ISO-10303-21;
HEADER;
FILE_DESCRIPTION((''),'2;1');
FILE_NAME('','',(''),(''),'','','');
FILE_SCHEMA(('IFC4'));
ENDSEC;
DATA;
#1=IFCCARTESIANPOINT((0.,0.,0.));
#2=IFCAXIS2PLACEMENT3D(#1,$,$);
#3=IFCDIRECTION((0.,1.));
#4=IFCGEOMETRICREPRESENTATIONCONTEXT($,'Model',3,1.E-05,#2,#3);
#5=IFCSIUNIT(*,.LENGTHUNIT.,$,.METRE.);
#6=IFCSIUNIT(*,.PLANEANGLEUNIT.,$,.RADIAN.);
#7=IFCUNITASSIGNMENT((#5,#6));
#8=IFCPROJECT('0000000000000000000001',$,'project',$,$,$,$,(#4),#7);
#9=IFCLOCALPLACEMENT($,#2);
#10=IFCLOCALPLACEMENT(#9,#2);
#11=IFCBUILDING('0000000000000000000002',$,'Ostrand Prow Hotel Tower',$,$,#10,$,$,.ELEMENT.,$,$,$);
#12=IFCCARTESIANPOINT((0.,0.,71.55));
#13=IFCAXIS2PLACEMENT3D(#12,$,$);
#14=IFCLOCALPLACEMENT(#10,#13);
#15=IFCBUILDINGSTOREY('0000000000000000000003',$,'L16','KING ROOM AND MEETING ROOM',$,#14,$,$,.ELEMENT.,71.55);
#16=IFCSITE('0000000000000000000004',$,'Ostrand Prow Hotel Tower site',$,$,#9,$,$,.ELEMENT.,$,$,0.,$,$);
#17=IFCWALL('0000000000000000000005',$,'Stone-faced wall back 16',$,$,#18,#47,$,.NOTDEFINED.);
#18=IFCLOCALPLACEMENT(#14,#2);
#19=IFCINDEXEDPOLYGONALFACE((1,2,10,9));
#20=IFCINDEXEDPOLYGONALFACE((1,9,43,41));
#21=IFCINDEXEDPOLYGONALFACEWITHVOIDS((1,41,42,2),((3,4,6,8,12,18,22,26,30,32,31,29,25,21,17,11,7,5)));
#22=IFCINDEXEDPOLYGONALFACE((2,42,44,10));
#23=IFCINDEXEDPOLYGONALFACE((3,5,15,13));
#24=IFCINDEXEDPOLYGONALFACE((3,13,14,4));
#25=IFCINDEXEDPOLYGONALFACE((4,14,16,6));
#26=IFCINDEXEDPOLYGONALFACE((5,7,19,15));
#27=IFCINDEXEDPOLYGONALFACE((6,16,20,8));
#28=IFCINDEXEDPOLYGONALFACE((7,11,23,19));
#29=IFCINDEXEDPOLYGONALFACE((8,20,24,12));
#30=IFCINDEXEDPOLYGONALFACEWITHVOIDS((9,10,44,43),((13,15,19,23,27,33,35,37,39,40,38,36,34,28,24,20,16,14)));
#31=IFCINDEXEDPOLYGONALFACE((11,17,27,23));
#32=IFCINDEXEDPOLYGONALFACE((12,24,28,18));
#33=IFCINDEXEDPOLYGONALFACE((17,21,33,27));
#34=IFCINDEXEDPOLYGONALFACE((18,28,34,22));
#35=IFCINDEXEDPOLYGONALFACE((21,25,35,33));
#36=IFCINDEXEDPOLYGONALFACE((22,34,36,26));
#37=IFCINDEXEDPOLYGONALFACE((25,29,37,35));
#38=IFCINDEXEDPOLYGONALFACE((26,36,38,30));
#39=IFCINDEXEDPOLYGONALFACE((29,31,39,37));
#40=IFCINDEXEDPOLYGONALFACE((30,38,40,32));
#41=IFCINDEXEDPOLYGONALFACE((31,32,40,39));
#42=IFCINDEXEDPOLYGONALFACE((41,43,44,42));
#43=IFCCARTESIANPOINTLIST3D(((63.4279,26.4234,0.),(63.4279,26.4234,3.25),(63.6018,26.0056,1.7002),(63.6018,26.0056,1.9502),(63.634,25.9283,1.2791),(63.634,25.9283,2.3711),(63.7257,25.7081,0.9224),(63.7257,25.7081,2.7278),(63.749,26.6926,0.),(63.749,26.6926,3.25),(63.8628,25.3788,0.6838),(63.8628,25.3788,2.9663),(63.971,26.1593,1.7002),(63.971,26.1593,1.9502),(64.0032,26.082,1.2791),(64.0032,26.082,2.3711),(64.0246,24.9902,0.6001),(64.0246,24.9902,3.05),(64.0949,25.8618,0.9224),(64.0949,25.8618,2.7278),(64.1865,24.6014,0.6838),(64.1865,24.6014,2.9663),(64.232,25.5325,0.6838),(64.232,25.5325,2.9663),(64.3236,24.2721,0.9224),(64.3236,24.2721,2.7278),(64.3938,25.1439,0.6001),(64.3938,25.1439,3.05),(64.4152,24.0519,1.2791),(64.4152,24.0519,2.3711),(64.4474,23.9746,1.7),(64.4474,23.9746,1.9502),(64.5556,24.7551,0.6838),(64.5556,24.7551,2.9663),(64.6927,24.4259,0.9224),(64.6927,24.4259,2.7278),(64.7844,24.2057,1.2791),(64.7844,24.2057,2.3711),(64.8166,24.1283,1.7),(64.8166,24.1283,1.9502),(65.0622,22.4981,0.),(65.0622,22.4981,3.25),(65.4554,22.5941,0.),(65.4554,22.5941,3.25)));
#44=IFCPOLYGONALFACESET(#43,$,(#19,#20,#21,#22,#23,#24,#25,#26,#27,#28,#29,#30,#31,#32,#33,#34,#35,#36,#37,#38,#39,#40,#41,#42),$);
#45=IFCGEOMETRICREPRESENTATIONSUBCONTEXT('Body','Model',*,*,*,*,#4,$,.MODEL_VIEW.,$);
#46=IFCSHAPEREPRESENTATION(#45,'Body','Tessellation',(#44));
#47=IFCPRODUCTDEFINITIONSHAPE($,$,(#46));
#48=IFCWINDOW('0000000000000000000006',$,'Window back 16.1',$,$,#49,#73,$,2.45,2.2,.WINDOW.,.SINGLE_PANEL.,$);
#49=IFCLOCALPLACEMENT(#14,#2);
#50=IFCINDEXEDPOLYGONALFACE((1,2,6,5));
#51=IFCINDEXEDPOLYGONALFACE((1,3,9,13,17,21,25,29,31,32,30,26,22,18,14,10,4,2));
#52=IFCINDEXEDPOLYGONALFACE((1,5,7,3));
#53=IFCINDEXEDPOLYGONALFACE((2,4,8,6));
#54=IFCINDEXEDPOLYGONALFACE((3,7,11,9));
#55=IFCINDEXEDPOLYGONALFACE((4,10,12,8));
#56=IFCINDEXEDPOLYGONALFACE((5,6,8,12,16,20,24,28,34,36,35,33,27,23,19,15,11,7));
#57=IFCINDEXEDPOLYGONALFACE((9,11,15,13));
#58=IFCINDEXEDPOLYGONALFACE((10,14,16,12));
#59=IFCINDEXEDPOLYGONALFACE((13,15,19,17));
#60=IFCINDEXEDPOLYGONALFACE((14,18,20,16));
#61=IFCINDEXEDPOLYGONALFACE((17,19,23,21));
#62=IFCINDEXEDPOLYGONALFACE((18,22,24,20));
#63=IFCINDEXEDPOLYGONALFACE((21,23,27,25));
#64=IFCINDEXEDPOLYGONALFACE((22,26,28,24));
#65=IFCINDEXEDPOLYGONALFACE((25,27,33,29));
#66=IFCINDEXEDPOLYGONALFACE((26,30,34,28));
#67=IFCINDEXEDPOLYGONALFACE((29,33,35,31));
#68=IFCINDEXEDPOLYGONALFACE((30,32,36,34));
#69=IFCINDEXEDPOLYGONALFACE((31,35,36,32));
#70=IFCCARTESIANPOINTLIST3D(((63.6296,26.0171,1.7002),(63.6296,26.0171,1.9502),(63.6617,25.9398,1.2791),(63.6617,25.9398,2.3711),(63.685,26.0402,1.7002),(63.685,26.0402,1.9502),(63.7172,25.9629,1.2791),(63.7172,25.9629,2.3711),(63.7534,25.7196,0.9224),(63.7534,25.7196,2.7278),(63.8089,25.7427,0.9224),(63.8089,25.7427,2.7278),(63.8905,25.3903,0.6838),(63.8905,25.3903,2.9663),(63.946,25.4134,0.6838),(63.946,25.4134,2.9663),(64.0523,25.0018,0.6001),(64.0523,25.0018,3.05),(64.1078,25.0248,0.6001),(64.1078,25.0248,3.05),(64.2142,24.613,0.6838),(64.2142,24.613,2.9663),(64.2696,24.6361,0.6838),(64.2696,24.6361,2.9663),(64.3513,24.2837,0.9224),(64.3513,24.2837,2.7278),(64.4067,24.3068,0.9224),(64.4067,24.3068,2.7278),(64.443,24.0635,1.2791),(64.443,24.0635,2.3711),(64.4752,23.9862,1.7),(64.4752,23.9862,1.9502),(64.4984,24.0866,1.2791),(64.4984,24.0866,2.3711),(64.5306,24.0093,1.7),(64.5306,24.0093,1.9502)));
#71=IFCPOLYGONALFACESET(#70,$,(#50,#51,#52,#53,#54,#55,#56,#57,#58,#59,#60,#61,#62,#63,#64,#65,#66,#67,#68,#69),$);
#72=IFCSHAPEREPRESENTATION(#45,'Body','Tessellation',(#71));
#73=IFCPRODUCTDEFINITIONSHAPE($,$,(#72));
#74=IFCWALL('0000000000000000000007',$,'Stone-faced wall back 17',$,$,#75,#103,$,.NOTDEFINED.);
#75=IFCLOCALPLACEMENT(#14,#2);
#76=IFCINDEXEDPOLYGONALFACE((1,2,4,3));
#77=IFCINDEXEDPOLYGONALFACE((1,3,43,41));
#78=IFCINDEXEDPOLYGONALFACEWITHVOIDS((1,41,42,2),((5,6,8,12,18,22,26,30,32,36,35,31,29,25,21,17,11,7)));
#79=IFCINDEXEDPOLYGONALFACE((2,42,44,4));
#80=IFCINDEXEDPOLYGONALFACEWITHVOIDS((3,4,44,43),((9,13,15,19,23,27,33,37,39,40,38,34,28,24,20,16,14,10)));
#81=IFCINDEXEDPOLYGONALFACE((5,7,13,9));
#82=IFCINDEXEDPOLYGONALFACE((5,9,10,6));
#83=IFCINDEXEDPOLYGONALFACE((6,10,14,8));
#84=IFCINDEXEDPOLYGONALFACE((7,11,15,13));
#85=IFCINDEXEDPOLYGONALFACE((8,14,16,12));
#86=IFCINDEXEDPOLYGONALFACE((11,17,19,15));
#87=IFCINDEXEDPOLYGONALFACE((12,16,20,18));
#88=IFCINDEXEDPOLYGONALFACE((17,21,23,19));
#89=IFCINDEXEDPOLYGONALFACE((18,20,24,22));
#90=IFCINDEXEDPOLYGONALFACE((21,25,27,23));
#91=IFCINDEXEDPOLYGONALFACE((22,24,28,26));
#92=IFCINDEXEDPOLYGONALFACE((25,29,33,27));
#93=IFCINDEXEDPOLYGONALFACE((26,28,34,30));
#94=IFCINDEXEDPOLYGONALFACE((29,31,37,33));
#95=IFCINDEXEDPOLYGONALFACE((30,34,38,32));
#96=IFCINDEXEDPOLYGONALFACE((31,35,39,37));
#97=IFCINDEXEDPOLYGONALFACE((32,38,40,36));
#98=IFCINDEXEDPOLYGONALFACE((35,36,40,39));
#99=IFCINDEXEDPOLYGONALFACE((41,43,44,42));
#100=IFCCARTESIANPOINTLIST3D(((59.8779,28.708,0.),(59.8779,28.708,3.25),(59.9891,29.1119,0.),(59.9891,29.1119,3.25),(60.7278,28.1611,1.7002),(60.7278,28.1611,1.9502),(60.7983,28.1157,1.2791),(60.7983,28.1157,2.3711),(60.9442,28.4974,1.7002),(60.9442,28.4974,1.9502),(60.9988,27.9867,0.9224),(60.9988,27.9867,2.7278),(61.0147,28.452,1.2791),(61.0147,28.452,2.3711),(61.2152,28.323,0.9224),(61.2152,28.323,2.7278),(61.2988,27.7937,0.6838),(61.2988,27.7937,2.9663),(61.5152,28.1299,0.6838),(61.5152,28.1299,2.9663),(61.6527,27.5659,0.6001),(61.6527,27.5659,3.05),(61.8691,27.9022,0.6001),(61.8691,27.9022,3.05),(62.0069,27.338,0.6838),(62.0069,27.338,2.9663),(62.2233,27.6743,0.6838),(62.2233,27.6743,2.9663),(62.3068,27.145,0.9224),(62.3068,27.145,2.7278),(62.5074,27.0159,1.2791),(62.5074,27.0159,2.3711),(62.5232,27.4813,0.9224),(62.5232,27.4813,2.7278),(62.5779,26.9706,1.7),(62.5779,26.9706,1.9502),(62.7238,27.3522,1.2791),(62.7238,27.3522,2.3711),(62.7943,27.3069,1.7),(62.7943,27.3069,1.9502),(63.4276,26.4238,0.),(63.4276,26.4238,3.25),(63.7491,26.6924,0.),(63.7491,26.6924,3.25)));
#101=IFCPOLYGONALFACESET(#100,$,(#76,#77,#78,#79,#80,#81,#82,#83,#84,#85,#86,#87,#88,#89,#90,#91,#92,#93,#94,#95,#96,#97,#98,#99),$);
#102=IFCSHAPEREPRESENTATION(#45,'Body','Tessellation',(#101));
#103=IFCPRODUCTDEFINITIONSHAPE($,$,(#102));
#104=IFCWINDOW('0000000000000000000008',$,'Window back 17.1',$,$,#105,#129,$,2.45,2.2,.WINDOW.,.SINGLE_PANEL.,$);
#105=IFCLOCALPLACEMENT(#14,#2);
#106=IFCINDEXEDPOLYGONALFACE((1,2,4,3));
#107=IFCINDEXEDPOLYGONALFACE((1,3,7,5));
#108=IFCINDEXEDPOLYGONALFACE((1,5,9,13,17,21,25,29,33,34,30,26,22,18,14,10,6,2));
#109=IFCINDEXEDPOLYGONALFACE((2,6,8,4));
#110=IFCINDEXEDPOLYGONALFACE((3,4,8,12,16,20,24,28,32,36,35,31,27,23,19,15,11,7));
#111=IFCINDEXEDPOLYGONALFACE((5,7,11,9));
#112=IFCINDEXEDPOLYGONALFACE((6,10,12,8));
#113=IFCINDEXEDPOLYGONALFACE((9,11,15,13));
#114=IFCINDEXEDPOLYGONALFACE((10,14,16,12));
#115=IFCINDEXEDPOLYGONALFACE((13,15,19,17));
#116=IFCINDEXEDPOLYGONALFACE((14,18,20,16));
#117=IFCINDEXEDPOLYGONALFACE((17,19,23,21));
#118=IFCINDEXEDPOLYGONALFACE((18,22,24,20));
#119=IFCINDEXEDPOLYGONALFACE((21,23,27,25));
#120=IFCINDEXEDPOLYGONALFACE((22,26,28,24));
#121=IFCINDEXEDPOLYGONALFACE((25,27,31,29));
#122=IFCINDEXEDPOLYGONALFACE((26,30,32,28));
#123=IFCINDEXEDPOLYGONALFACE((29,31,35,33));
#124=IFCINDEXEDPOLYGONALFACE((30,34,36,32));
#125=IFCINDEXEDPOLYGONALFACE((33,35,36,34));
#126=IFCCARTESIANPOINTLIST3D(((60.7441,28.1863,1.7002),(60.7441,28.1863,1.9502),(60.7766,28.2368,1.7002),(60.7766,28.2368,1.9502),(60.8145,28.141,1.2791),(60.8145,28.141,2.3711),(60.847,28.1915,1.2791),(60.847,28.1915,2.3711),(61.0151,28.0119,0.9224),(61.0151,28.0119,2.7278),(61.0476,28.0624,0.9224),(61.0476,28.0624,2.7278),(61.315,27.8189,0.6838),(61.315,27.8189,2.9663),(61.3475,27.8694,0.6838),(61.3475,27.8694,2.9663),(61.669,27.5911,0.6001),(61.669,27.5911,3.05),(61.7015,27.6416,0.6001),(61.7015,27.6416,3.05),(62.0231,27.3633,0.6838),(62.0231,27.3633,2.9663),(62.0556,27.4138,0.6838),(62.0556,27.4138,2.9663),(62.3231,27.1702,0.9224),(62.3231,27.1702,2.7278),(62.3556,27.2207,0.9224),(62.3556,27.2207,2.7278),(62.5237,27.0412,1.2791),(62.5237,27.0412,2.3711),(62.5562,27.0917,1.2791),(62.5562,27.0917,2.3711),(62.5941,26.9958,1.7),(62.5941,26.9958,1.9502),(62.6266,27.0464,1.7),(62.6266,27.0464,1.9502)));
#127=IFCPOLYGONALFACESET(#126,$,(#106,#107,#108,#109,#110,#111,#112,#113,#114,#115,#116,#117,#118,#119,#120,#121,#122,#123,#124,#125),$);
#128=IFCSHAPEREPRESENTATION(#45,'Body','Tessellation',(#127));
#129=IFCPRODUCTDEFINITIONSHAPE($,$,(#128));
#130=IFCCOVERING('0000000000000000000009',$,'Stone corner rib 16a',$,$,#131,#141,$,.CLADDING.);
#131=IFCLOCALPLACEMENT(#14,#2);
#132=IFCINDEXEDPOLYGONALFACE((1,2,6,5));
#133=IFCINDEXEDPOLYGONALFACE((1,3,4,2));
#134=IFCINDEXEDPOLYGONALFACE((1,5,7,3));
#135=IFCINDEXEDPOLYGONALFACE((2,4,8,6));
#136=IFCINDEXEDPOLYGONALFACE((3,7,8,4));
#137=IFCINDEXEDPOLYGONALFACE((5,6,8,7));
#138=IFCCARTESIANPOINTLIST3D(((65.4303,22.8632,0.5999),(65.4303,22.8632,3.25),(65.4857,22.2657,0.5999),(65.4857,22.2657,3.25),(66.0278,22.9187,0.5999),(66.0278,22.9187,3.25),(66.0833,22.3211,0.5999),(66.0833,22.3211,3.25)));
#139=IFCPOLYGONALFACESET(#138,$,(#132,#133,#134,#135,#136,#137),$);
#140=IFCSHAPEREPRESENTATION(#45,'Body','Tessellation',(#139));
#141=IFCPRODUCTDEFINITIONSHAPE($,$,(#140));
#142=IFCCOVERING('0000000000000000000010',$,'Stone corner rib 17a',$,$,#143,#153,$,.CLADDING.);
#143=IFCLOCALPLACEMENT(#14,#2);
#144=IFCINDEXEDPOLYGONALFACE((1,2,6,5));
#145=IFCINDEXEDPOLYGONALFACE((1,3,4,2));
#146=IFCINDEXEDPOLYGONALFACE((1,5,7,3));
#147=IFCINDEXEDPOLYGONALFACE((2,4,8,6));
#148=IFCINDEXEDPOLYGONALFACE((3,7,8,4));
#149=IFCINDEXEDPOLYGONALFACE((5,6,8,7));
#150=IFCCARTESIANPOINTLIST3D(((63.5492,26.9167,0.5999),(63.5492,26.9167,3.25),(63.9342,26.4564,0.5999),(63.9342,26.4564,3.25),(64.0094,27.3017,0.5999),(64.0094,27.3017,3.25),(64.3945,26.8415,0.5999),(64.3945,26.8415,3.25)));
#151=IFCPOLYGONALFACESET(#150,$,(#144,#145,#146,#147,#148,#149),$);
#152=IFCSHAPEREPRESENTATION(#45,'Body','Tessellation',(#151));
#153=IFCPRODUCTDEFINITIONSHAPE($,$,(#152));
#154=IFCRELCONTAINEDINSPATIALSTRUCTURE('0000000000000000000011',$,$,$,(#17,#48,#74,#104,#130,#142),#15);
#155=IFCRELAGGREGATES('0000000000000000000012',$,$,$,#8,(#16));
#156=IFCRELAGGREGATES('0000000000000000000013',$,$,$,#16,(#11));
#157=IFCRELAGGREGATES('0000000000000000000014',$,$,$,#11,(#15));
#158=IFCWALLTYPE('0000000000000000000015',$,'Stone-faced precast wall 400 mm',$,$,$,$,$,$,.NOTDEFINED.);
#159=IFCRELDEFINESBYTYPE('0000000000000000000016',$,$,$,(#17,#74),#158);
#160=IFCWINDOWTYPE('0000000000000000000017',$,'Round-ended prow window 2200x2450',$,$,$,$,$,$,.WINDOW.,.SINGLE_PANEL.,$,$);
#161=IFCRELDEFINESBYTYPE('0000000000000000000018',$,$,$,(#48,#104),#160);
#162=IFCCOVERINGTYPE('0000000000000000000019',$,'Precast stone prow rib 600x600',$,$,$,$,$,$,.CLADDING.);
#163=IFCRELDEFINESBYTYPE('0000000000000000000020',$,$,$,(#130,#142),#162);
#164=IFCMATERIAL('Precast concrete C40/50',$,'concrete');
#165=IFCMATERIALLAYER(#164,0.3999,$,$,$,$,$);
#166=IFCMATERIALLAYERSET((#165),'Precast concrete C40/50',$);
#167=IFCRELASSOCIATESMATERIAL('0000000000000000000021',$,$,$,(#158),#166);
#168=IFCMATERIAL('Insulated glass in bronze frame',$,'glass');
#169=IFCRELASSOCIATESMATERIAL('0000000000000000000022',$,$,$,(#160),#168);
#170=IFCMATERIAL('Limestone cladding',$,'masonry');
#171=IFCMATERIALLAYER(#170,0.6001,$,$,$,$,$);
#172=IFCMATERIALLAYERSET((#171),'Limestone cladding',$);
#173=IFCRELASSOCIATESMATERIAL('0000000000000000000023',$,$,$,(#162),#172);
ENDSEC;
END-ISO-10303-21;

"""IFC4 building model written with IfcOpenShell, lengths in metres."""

from ifc_helpers import new_model, si_unit, direction, frame, frame_2d, origin, place, context, subcontext, project, spatial, polyline, rectangle, outline, extrude, material, layer, layer_set, type_object, element, fill, save


model = new_model("IFC4")

# Units and contexts
model_context = context("Model", 3, precision=1e-05, world=origin(), true_north=direction((0.0, 1.0)))
body_context = subcontext(model_context, "Body", "Model", "MODEL_VIEW")
ifc_project = project(units=[si_unit("LENGTHUNIT", "METRE"), si_unit("PLANEANGLEUNIT", "RADIAN")], contexts=[model_context])

# Site, building, storey
site_placement = place(None, origin())
site = spatial("IfcSite", under=ifc_project, at=site_placement, Name="Ostrand Prow Hotel Tower site", CompositionType="ELEMENT", RefElevation=0.0)
building_placement = place(site_placement, origin())
building = spatial("IfcBuilding", under=site, at=building_placement, Name="Ostrand Prow Hotel Tower", CompositionType="ELEMENT")
storey_placement = place(building_placement, frame((0.0, 0.0, 71.55)))
storey = spatial("IfcBuildingStorey", under=building, at=storey_placement, Name="L16", Description="KING ROOM AND MEETING ROOM", CompositionType="ELEMENT", Elevation=71.55)

# Walls, openings, windows
ifc_material_1 = material(Name="Precast concrete C40/50", Category="concrete")
ifc_layer_1 = layer(ifc_material_1, 0.3999)
ifc_layer_set_1 = layer_set([ifc_layer_1], Name="Precast concrete C40/50")
wall_type_1 = type_object("IfcWallType", Name="Stone-faced precast wall 400 mm", PredefinedType="NOTDEFINED", material=ifc_layer_set_1)
wall_1_placement = place(storey_placement, frame((65.2588, 22.5461, 0.0), z_axis=(0.0, 0.0, 1.0), x_axis=(-0.384372, 0.923178, 0.0)))
wall_1 = element("IfcWall", 1, at=wall_1_placement, inside=storey, type_object=wall_type_1, Name="Stone-faced wall back 16", PredefinedType="NOTDEFINED", context=body_context, shape_type="SweptSolid", body=[
    extrude(outline(polyline([(-0.0312, -0.2), (4.4082, -0.2), (4.2832, 0.2), (0.0312, 0.2), (-0.0312, -0.2)])), origin(), (0.0, 0.0, 1.0), 3.25),
])
opening_1_placement = place(wall_1_placement, frame((1.6306, 0.0, 0.6001)))
opening_1 = element("IfcOpeningElement", 2, at=opening_1_placement, cuts=wall_1, PredefinedType="OPENING", context=body_context, shape_type="SweptSolid", body=[
    extrude(outline(polyline([(0.0, 1.3501), (0.0837, 1.771), (0.3223, 2.1277), (0.679, 2.3662), (1.1001, 2.45), (1.521, 2.3662), (1.8777, 2.1277), (2.1162, 1.771), (2.2, 1.3501), (2.2, 1.1001), (2.1162, 0.679), (1.8777, 0.3223), (1.521, 0.0837), (1.1001, 0.0), (0.679, 0.0837), (0.3223, 0.3223), (0.0837, 0.679), (0.0, 1.0999), (0.0, 1.3501)])), frame((0.0, 0.21, 0.0), z_axis=(0.0, -1.0, 0.0), x_axis=(1.0, 0.0, 0.0)), (0.0, 0.0, 1.0), 0.4199),
])
ifc_material_2 = material(Name="Insulated glass in bronze frame", Category="glass")
window_type_1 = type_object("IfcWindowType", Name="Round-ended prow window 2200x2450", PartitioningType="SINGLE_PANEL", PredefinedType="WINDOW", material=ifc_material_2)
window_1_placement = place(opening_1_placement, origin())
window_1 = element("IfcWindow", 3, at=window_1_placement, inside=storey, type_object=window_type_1, Name="Window back 16.1", OverallHeight=2.45, OverallWidth=2.2, PartitioningType="SINGLE_PANEL", PredefinedType="WINDOW", context=body_context, shape_type="SweptSolid", body=[
    extrude(outline(polyline([(0.0, 1.3501), (0.0837, 1.771), (0.3223, 2.1277), (0.679, 2.3662), (1.1001, 2.45), (1.521, 2.3662), (1.8777, 2.1277), (2.1162, 1.771), (2.2, 1.3501), (2.2, 1.1001), (2.1162, 0.679), (1.8777, 0.3223), (1.521, 0.0837), (1.1001, 0.0), (0.679, 0.0837), (0.3223, 0.3223), (0.0837, 0.679), (0.0, 1.0999), (0.0, 1.3501)])), frame((0.0, 0.1699, 0.0), z_axis=(0.0, -1.0, 0.0), x_axis=(1.0, 0.0, 0.0)), (0.0, 0.0, 1.0), 0.0601),
])
fill(opening_1, window_1)
wall_2_placement = place(storey_placement, frame((63.5884, 26.5581, 0.0), z_axis=(0.0, 0.0, 1.0), x_axis=(-0.840937, 0.541132, 0.0)))
wall_2 = element("IfcWall", 4, at=wall_2_placement, inside=storey, type_object=wall_type_1, Name="Stone-faced wall back 17", PredefinedType="NOTDEFINED", context=body_context, shape_type="SweptSolid", body=[
    extrude(outline(polyline([(-0.0625, -0.2), (4.4087, -0.2), (4.2837, 0.2), (0.0625, 0.2), (-0.0625, -0.2)])), origin(), (0.0, 0.0, 1.0), 3.25),
])
opening_2_placement = place(wall_2_placement, frame((1.073, 0.0, 0.6001)))
opening_2 = element("IfcOpeningElement", 5, at=opening_2_placement, cuts=wall_2, PredefinedType="OPENING", context=body_context, shape_type="SweptSolid", body=[
    extrude(outline(polyline([(0.0, 1.3501), (0.0837, 1.771), (0.3223, 2.1277), (0.679, 2.3662), (1.1001, 2.45), (1.521, 2.3662), (1.8777, 2.1277), (2.1162, 1.771), (2.2, 1.3501), (2.2, 1.1001), (2.1162, 0.679), (1.8777, 0.3223), (1.521, 0.0837), (1.1001, 0.0), (0.679, 0.0837), (0.3223, 0.3223), (0.0837, 0.679), (0.0, 1.0999), (0.0, 1.3501)])), frame((0.0, 0.21, 0.0), z_axis=(0.0, -1.0, 0.0), x_axis=(1.0, 0.0, 0.0)), (0.0, 0.0, 1.0), 0.4199),
])
window_2_placement = place(opening_2_placement, origin())
window_2 = element("IfcWindow", 6, at=window_2_placement, inside=storey, type_object=window_type_1, Name="Window back 17.1", OverallHeight=2.45, OverallWidth=2.2, PartitioningType="SINGLE_PANEL", PredefinedType="WINDOW", context=body_context, shape_type="SweptSolid", body=[
    extrude(outline(polyline([(0.0, 1.3501), (0.0837, 1.771), (0.3223, 2.1277), (0.679, 2.3662), (1.1001, 2.45), (1.521, 2.3662), (1.8777, 2.1277), (2.1162, 1.771), (2.2, 1.3501), (2.2, 1.1001), (2.1162, 0.679), (1.8777, 0.3223), (1.521, 0.0837), (1.1001, 0.0), (0.679, 0.0837), (0.3223, 0.3223), (0.0837, 0.679), (0.0, 1.0999), (0.0, 1.3501)])), frame((0.0, 0.1699, 0.0), z_axis=(0.0, -1.0, 0.0), x_axis=(1.0, 0.0, 0.0)), (0.0, 0.0, 1.0), 0.0601),
])
fill(opening_2, window_2)

# Coverings
ifc_material_3 = material(Name="Limestone cladding", Category="masonry")
ifc_layer_2 = layer(ifc_material_3, 0.6001)
ifc_layer_set_2 = layer_set([ifc_layer_2], Name="Limestone cladding")
covering_type = type_object("IfcCoveringType", Name="Precast stone prow rib 600x600", PredefinedType="CLADDING", material=ifc_layer_set_2)
for number, where, z_axis, x_axis, name in (
    (7, (65.458, 22.5645, 0.5999), (0.0, 0.0, 1.0), (0.995725, 0.09237, 0.0), "Stone corner rib 16a"),
    (8, (63.7417, 26.6865, 0.5999), (0.0, 0.0, 1.0), (0.766986, 0.641664, 0.0), "Stone corner rib 17a"),
):
    element("IfcCovering", number, at=place(storey_placement, frame(where, z_axis=z_axis, x_axis=x_axis)), inside=storey, type_object=covering_type, Name=name, PredefinedType="CLADDING", context=body_context, shape_type="SweptSolid", body=[
        extrude(rectangle(XDim=0.6001, YDim=0.6001, at=frame_2d((0.3, 0.0))), origin(), (0.0, 0.0, 1.0), 2.6501),
    ])

save(model, "model.ifc")
